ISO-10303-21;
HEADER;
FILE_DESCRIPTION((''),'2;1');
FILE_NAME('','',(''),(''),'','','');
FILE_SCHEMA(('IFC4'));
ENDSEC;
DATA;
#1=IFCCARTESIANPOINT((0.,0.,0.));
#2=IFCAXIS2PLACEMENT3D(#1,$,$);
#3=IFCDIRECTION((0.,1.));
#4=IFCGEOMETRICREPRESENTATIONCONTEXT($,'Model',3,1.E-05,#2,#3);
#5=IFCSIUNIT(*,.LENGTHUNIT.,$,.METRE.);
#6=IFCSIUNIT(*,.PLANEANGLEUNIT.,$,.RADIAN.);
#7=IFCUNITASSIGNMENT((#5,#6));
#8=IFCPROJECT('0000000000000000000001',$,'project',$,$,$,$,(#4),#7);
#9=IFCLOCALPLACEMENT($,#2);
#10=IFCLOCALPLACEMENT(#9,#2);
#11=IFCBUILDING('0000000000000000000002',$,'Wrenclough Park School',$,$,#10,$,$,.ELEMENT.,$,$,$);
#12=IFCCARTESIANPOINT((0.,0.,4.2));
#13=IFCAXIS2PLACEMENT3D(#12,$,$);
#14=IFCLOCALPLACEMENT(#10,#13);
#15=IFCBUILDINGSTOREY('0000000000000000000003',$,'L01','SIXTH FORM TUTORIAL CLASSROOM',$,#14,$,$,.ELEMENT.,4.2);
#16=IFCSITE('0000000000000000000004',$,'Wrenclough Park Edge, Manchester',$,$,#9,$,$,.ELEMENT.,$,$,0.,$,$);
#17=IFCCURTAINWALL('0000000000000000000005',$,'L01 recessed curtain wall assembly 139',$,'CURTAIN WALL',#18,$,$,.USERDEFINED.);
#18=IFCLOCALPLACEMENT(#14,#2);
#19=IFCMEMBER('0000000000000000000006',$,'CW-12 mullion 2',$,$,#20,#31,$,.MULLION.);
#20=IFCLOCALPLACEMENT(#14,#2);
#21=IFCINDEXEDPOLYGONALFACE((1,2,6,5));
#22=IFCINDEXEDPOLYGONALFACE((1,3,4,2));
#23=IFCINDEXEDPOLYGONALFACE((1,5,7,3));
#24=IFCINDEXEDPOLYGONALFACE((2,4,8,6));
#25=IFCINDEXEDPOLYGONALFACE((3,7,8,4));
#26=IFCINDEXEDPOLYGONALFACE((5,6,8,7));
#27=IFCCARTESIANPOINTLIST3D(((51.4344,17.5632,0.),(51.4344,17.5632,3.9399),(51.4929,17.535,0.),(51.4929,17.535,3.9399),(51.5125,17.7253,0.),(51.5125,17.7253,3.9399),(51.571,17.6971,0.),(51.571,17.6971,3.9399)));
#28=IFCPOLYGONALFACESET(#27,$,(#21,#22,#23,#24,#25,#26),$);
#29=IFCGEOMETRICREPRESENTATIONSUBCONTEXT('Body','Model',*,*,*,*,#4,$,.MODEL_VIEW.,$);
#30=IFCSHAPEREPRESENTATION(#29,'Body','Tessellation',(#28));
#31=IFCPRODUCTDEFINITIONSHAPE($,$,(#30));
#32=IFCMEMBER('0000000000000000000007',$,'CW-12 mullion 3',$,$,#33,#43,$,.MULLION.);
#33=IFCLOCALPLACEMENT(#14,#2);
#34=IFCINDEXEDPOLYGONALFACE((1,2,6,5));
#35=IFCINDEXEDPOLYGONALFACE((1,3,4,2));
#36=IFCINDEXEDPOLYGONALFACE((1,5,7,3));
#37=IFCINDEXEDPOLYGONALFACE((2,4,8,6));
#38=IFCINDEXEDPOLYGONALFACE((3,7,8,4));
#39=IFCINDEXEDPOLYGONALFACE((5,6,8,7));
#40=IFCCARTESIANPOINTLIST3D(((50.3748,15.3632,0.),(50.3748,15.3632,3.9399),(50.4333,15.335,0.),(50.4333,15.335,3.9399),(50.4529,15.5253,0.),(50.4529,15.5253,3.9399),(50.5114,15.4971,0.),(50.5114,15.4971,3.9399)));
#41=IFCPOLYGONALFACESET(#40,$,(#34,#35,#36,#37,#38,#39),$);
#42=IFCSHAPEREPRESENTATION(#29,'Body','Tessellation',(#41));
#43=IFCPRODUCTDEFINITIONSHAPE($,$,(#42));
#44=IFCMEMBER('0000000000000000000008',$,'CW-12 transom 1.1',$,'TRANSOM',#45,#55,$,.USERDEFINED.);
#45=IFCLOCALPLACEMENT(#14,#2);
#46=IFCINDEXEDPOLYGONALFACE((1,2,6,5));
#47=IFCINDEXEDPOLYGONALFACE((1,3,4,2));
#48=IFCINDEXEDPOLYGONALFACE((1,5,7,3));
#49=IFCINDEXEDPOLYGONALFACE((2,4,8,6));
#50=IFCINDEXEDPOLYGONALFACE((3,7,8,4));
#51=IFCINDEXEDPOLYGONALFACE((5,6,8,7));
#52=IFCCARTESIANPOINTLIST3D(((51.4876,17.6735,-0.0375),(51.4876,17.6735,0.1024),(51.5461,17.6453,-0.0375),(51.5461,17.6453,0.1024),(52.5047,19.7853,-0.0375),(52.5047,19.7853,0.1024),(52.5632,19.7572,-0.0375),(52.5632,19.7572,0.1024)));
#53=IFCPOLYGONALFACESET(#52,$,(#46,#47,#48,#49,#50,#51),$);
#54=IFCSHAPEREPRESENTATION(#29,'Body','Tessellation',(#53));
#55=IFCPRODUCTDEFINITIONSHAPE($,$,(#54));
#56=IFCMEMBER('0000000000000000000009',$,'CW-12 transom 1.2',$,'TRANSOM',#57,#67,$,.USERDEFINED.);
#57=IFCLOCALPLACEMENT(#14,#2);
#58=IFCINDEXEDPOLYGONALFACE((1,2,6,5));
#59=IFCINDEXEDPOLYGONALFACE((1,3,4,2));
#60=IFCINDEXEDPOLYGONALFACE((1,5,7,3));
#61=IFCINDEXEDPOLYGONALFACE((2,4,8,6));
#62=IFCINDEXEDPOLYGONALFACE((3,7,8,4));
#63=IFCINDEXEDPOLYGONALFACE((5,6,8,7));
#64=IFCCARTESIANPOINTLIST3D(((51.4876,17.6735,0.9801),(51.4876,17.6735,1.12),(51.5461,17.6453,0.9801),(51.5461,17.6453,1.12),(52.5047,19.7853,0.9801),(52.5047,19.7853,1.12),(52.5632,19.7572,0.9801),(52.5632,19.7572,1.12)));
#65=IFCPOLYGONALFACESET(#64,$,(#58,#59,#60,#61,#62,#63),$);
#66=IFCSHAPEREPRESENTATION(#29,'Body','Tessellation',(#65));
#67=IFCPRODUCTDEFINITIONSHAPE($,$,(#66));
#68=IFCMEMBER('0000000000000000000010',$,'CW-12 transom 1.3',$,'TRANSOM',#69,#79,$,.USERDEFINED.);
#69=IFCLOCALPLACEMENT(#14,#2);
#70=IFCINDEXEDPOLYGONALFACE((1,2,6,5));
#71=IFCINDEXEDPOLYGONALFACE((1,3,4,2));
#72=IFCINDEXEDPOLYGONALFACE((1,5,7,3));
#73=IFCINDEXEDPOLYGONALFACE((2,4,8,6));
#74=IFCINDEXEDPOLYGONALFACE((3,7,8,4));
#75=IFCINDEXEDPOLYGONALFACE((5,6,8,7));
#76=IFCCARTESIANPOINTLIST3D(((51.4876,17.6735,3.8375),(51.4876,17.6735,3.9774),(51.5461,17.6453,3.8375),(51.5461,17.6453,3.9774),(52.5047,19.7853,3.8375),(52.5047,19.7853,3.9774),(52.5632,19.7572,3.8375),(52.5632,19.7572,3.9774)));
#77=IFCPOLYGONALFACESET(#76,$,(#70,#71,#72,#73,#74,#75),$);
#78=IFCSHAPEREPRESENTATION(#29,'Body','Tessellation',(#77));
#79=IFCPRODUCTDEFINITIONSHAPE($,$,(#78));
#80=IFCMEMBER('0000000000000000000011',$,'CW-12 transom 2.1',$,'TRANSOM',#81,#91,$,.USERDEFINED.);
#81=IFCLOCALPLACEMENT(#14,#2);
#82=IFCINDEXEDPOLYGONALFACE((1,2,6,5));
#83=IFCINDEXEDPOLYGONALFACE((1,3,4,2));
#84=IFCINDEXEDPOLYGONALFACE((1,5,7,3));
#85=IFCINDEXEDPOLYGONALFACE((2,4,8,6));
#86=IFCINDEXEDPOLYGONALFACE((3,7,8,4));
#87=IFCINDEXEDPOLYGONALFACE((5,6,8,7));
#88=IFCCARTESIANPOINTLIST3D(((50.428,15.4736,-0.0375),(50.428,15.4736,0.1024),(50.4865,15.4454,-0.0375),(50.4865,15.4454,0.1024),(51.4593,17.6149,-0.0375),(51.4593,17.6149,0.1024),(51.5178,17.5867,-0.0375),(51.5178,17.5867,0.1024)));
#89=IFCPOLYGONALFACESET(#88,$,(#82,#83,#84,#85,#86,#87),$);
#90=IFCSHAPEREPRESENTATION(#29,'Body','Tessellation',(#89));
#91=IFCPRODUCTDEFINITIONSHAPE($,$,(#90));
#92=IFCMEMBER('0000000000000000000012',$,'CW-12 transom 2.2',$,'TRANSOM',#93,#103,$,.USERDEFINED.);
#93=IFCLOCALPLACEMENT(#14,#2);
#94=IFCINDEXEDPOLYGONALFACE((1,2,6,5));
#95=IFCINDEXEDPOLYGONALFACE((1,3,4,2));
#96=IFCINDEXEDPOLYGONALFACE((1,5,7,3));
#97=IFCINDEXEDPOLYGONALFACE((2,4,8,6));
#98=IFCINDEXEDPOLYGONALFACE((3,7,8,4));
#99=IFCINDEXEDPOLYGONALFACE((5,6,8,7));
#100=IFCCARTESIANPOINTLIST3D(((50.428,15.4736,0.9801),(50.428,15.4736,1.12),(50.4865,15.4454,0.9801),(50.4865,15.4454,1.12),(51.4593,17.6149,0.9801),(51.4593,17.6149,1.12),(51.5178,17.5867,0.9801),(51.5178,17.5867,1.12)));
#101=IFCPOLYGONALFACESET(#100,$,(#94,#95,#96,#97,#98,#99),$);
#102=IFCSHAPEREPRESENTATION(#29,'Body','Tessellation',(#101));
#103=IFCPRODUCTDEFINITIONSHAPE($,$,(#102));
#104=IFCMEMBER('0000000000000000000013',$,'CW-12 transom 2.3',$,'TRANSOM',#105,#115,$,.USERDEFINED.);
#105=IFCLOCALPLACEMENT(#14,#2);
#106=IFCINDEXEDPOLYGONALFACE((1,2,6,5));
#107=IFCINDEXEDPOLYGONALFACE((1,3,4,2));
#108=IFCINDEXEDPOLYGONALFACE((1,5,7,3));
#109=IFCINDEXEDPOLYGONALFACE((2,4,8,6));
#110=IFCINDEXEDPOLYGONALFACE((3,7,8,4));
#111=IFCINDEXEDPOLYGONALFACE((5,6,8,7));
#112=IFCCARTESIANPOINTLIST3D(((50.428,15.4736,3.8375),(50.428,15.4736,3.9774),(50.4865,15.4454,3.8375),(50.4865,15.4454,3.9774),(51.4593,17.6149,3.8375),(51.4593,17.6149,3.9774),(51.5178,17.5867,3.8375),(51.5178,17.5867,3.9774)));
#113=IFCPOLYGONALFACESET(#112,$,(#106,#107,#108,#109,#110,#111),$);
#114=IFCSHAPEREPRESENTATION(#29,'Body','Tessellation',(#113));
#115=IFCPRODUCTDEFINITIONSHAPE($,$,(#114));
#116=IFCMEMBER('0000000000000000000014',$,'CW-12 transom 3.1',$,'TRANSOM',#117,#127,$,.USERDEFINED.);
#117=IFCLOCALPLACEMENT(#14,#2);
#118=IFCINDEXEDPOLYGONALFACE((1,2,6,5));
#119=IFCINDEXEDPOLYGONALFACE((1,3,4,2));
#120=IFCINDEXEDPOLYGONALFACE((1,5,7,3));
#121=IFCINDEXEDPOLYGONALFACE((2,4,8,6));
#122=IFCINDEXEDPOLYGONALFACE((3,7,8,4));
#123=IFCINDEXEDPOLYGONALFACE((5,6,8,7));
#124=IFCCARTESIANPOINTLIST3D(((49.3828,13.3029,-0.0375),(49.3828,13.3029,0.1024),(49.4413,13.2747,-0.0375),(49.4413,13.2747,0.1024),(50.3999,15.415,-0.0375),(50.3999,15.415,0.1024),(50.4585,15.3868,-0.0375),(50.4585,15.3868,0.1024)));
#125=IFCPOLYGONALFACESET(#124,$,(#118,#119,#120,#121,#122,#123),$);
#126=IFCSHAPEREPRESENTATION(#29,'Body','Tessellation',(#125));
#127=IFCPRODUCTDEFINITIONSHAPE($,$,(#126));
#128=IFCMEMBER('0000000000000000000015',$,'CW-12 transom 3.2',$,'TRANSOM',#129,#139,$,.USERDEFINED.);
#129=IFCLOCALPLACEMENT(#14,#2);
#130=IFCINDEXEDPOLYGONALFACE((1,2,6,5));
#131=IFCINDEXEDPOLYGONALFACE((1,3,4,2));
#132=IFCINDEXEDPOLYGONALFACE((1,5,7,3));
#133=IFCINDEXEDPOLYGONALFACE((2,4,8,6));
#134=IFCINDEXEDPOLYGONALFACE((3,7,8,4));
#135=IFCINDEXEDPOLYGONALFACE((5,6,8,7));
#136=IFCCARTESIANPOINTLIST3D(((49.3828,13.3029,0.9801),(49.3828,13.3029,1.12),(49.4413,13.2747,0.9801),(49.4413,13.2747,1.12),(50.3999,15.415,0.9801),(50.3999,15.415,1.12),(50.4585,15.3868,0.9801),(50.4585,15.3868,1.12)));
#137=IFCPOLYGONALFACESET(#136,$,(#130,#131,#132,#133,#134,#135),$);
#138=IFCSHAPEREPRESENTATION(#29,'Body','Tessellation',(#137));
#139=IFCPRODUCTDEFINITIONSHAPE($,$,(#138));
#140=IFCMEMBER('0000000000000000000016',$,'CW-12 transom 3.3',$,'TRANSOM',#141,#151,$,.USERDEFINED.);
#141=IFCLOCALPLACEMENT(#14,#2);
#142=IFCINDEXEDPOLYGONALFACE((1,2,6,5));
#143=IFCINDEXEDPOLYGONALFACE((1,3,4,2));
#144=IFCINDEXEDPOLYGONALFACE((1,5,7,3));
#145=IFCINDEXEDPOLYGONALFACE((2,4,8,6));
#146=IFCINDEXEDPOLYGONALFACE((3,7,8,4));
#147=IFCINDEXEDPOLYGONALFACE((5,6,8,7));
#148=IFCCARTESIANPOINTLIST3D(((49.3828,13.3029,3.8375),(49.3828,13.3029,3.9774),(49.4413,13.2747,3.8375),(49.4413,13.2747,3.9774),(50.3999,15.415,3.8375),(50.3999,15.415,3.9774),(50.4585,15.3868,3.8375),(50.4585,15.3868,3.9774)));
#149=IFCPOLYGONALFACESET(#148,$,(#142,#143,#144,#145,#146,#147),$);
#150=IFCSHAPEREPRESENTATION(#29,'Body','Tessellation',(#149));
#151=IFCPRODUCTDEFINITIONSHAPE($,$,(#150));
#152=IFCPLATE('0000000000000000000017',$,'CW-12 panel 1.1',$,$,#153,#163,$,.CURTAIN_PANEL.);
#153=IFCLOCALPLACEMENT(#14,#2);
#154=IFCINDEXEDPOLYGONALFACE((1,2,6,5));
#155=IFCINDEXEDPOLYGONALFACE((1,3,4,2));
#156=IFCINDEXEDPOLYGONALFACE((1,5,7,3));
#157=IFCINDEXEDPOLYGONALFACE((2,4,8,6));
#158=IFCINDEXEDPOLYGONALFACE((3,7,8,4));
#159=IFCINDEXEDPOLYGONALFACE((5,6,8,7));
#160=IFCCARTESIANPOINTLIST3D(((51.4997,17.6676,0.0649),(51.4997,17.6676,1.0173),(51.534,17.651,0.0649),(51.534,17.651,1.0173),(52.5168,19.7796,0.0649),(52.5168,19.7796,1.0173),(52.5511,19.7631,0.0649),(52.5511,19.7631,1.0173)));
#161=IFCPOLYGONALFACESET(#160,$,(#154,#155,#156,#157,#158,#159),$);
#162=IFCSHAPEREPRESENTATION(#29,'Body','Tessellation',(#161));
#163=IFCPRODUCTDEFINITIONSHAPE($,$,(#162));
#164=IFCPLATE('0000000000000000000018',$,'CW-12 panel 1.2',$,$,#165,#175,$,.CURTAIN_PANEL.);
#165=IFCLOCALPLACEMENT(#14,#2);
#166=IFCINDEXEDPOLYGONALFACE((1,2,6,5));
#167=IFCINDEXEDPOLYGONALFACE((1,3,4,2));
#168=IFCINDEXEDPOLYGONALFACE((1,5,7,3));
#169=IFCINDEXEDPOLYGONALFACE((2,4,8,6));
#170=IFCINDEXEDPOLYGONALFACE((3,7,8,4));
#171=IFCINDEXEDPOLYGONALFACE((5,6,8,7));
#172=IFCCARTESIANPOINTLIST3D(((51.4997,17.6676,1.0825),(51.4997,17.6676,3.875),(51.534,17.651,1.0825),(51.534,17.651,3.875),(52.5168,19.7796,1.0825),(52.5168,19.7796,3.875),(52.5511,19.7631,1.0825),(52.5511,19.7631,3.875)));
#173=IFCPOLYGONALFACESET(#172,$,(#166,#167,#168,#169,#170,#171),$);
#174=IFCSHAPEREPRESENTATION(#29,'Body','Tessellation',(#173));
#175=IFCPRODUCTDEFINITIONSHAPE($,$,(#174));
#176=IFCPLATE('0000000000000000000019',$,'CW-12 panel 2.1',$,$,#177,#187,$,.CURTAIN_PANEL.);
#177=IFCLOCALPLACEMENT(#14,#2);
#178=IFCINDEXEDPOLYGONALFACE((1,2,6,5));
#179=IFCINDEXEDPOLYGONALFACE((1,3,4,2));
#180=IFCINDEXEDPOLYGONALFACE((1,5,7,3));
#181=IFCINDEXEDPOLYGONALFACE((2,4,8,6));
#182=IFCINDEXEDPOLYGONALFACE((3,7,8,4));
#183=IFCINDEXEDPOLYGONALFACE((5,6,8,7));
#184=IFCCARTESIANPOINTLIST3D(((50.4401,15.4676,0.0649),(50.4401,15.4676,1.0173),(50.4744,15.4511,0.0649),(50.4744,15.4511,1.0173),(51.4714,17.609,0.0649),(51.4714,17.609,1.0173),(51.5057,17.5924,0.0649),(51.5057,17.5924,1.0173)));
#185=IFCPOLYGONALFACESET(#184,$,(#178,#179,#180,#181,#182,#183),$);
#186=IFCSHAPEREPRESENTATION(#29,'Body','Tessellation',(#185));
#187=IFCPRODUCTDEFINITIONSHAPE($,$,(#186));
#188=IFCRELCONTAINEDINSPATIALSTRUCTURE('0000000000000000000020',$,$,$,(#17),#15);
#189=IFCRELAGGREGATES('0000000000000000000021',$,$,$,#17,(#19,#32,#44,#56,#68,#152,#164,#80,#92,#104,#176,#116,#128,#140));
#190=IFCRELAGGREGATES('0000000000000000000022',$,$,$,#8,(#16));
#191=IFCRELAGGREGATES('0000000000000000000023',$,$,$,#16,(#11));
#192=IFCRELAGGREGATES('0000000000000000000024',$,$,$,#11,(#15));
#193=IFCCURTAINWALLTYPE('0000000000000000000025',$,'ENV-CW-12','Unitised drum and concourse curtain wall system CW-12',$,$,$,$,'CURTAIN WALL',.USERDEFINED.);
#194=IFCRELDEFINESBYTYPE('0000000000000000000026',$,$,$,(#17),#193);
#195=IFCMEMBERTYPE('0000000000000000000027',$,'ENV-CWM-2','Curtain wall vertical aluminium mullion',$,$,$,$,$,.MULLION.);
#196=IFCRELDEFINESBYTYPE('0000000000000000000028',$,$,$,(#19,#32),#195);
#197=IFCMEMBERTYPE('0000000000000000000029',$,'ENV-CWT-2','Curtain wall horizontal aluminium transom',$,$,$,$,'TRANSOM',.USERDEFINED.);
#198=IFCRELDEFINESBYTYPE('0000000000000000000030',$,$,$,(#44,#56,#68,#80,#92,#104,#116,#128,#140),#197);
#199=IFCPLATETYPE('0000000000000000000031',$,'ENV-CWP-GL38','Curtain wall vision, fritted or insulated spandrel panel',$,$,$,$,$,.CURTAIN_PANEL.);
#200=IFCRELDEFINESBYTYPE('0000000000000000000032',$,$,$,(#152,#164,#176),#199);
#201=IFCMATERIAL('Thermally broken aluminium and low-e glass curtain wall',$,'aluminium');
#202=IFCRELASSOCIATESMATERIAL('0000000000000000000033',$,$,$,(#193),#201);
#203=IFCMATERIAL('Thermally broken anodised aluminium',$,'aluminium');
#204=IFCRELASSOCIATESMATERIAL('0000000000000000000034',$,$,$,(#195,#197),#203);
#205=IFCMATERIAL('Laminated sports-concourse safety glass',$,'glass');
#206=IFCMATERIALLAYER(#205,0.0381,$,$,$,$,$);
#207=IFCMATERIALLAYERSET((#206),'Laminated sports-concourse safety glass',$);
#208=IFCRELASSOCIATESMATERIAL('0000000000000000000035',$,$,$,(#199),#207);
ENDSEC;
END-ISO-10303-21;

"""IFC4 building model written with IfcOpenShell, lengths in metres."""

from ifc_helpers import new_model, si_unit, direction, frame, origin, origin_2d, place, context, subcontext, project, spatial, rectangle, extrude, material, layer, layer_set, material_profile, profile_set, type_object, element, aggregate, save


model = new_model("IFC4")

# Units and contexts
model_context = context("Model", 3, precision=1e-05, world=origin(), true_north=direction((0.0, 1.0)))
body_context = subcontext(model_context, "Body", "Model", "MODEL_VIEW")
ifc_project = project(units=[si_unit("LENGTHUNIT", "METRE"), si_unit("PLANEANGLEUNIT", "RADIAN")], contexts=[model_context])

# Site, building, storey
site_placement = place(None, origin())
site = spatial("IfcSite", under=ifc_project, at=site_placement, Name="Wrenclough Park Edge, Manchester", CompositionType="ELEMENT", RefElevation=0.0)
building_placement = place(site_placement, origin())
building = spatial("IfcBuilding", under=site, at=building_placement, Name="Wrenclough Park School", CompositionType="ELEMENT")
storey_placement = place(building_placement, frame((0.0, 0.0, 4.2)))
storey = spatial("IfcBuildingStorey", under=building, at=storey_placement, Name="L01", Description="SIXTH FORM TUTORIAL CLASSROOM", CompositionType="ELEMENT", Elevation=4.2)

# Curtain wall, members, plates
ifc_material_1 = material(Name="Thermally broken aluminium and low-e glass curtain wall", Category="aluminium")
curtain_wall_type = type_object("IfcCurtainWallType", Name="ENV-CW-12", Description="Unitised drum and concourse curtain wall system CW-12", ElementType="CURTAIN WALL", PredefinedType="USERDEFINED", material=ifc_material_1)
curtain_wall_placement = place(storey_placement, origin())
curtain_wall = element("IfcCurtainWall", 1, at=curtain_wall_placement, inside=storey, type_object=curtain_wall_type, Name="L01 recessed curtain wall assembly 139", ObjectType="CURTAIN WALL", PredefinedType="USERDEFINED")
ifc_material_2 = material(Name="Thermally broken anodised aluminium", Category="aluminium")
ifc_material_profile_1 = material_profile(ifc_material_2, rectangle(XDim=0.0649, YDim=0.1799, at=origin_2d()), Name="AL MULLION 65x180")
ifc_profile_set_1 = profile_set([ifc_material_profile_1], Name="Thermally broken anodised aluminium")
member_type_1 = type_object("IfcMemberType", Name="ENV-CWM-2", Description="Curtain wall vertical aluminium mullion", PredefinedType="MULLION", material=ifc_profile_set_1)
member_1_placement = place(storey_placement, frame((51.5027, 17.6301, 0.0), z_axis=(0.0, 0.0, 1.0), x_axis=(0.900964, -0.433895, 0.0)))
member_1 = element("IfcMember", 2, at=member_1_placement, type_object=member_type_1, Name="CW-12 mullion 2", PredefinedType="MULLION", context=body_context, shape_type="SweptSolid", body=[
    extrude(rectangle(XDim=0.0649, YDim=0.1799, at=origin_2d()), origin(), (0.0, 0.0, 1.0), 3.9399),
])
member_2_placement = place(storey_placement, frame((50.4431, 15.4302, 0.0), z_axis=(0.0, 0.0, 1.0), x_axis=(0.900964, -0.433895, 0.0)))
member_2 = element("IfcMember", 3, at=member_2_placement, type_object=member_type_1, Name="CW-12 mullion 3", PredefinedType="MULLION", context=body_context, shape_type="SweptSolid", body=[
    extrude(rectangle(XDim=0.0649, YDim=0.1799, at=origin_2d()), origin(), (0.0, 0.0, 1.0), 3.9399),
])
ifc_material_profile_2 = material_profile(ifc_material_2, rectangle(XDim=0.0649, YDim=0.1399, at=origin_2d()), Name="AL TRANSOM 65x140")
ifc_profile_set_2 = profile_set([ifc_material_profile_2], Name="Thermally broken anodised aluminium")
member_type_2 = type_object("IfcMemberType", Name="ENV-CWT-2", Description="Curtain wall horizontal aluminium transom", ElementType="TRANSOM", PredefinedType="USERDEFINED", material=ifc_profile_set_2)
member_3_placement = place(storey_placement, frame((52.5339, 19.7712, 0.0325), z_axis=(-0.433916, -0.900953, 0.0), x_axis=(0.900953, -0.433916, 0.0)))
member_3 = element("IfcMember", 4, at=member_3_placement, type_object=member_type_2, Name="CW-12 transom 1.1", ObjectType="TRANSOM", PredefinedType="USERDEFINED", context=body_context, shape_type="SweptSolid", body=[
    extrude(rectangle(XDim=0.0649, YDim=0.1399, at=origin_2d()), origin(), (0.0, 0.0, 1.0), 2.344),
])
member_4_placement = place(storey_placement, frame((52.5339, 19.7712, 1.05), z_axis=(-0.433916, -0.900953, 0.0), x_axis=(0.900953, -0.433916, 0.0)))
member_4 = element("IfcMember", 5, at=member_4_placement, type_object=member_type_2, Name="CW-12 transom 1.2", ObjectType="TRANSOM", PredefinedType="USERDEFINED", context=body_context, shape_type="SweptSolid", body=[
    extrude(rectangle(XDim=0.0649, YDim=0.1399, at=origin_2d()), origin(), (0.0, 0.0, 1.0), 2.344),
])
member_5_placement = place(storey_placement, frame((52.5339, 19.7712, 3.9075), z_axis=(-0.433916, -0.900953, 0.0), x_axis=(0.900953, -0.433916, 0.0)))
member_5 = element("IfcMember", 6, at=member_5_placement, type_object=member_type_2, Name="CW-12 transom 1.3", ObjectType="TRANSOM", PredefinedType="USERDEFINED", context=body_context, shape_type="SweptSolid", body=[
    extrude(rectangle(XDim=0.0649, YDim=0.1399, at=origin_2d()), origin(), (0.0, 0.0, 1.0), 2.344),
])
member_6_placement = place(storey_placement, frame((51.4885, 17.6008, 0.0325), z_axis=(-0.433893, -0.900964, 0.0), x_axis=(0.900964, -0.433893, 0.0)))
member_6 = element("IfcMember", 7, at=member_6_placement, type_object=member_type_2, Name="CW-12 transom 2.1", ObjectType="TRANSOM", PredefinedType="USERDEFINED", context=body_context, shape_type="SweptSolid", body=[
    extrude(rectangle(XDim=0.0649, YDim=0.1399, at=origin_2d()), origin(), (0.0, 0.0, 1.0), 2.3767),
])
member_7_placement = place(storey_placement, frame((51.4885, 17.6008, 1.05), z_axis=(-0.433893, -0.900964, 0.0), x_axis=(0.900964, -0.433893, 0.0)))
member_7 = element("IfcMember", 8, at=member_7_placement, type_object=member_type_2, Name="CW-12 transom 2.2", ObjectType="TRANSOM", PredefinedType="USERDEFINED", context=body_context, shape_type="SweptSolid", body=[
    extrude(rectangle(XDim=0.0649, YDim=0.1399, at=origin_2d()), origin(), (0.0, 0.0, 1.0), 2.3767),
])
member_8_placement = place(storey_placement, frame((51.4885, 17.6008, 3.9075), z_axis=(-0.433893, -0.900964, 0.0), x_axis=(0.900964, -0.433893, 0.0)))
member_8 = element("IfcMember", 9, at=member_8_placement, type_object=member_type_2, Name="CW-12 transom 2.3", ObjectType="TRANSOM", PredefinedType="USERDEFINED", context=body_context, shape_type="SweptSolid", body=[
    extrude(rectangle(XDim=0.0649, YDim=0.1399, at=origin_2d()), origin(), (0.0, 0.0, 1.0), 2.3767),
])
member_9_placement = place(storey_placement, frame((50.4292, 15.4009, 0.0325), z_axis=(-0.433875, -0.900973, 0.0), x_axis=(0.900973, -0.433875, 0.0)))
member_9 = element("IfcMember", 10, at=member_9_placement, type_object=member_type_2, Name="CW-12 transom 3.1", ObjectType="TRANSOM", PredefinedType="USERDEFINED", context=body_context, shape_type="SweptSolid", body=[
    extrude(rectangle(XDim=0.0649, YDim=0.1399, at=origin_2d()), origin(), (0.0, 0.0, 1.0), 2.3442),
])
member_10_placement = place(storey_placement, frame((50.4292, 15.4009, 1.05), z_axis=(-0.433875, -0.900973, 0.0), x_axis=(0.900973, -0.433875, 0.0)))
member_10 = element("IfcMember", 11, at=member_10_placement, type_object=member_type_2, Name="CW-12 transom 3.2", ObjectType="TRANSOM", PredefinedType="USERDEFINED", context=body_context, shape_type="SweptSolid", body=[
    extrude(rectangle(XDim=0.0649, YDim=0.1399, at=origin_2d()), origin(), (0.0, 0.0, 1.0), 2.3442),
])
member_11_placement = place(storey_placement, frame((50.4292, 15.4009, 3.9075), z_axis=(-0.433875, -0.900973, 0.0), x_axis=(0.900973, -0.433875, 0.0)))
member_11 = element("IfcMember", 12, at=member_11_placement, type_object=member_type_2, Name="CW-12 transom 3.3", ObjectType="TRANSOM", PredefinedType="USERDEFINED", context=body_context, shape_type="SweptSolid", body=[
    extrude(rectangle(XDim=0.0649, YDim=0.1399, at=origin_2d()), origin(), (0.0, 0.0, 1.0), 2.3442),
])
ifc_material_3 = material(Name="Laminated sports-concourse safety glass", Category="glass")
ifc_layer_1 = layer(ifc_material_3, 0.0381)
ifc_layer_set_1 = layer_set([ifc_layer_1], Name="Laminated sports-concourse safety glass")
plate_type_1 = type_object("IfcPlateType", Name="ENV-CWP-GL38", Description="Curtain wall vision, fritted or insulated spandrel panel", PredefinedType="CURTAIN_PANEL", material=ifc_layer_set_1)
plate_1_placement = place(storey_placement, frame((52.0254, 18.7153, 0.0649), z_axis=(0.0, 0.0, 1.0), x_axis=(-0.433895, -0.900964, 0.0)))
plate_1 = element("IfcPlate", 13, at=plate_1_placement, type_object=plate_type_1, Name="CW-12 panel 1.1", PredefinedType="CURTAIN_PANEL", context=body_context, shape_type="SweptSolid", body=[
    extrude(rectangle(XDim=2.3442, YDim=0.0381, at=origin_2d()), origin(), (0.0, 0.0, 1.0), 0.9524),
])
plate_2_placement = place(storey_placement, frame((52.0254, 18.7153, 1.0825), z_axis=(0.0, 0.0, 1.0), x_axis=(-0.433895, -0.900964, 0.0)))
plate_2 = element("IfcPlate", 14, at=plate_2_placement, type_object=plate_type_1, Name="CW-12 panel 1.2", PredefinedType="CURTAIN_PANEL", context=body_context, shape_type="SweptSolid", body=[
    extrude(rectangle(XDim=2.3442, YDim=0.0381, at=origin_2d()), origin(), (0.0, 0.0, 1.0), 2.7925),
])
plate_3_placement = place(storey_placement, frame((50.9729, 16.53, 0.0649), z_axis=(0.0, 0.0, 1.0), x_axis=(-0.433895, -0.900964, 0.0)))
plate_3 = element("IfcPlate", 15, at=plate_3_placement, type_object=plate_type_1, Name="CW-12 panel 2.1", PredefinedType="CURTAIN_PANEL", context=body_context, shape_type="SweptSolid", body=[
    extrude(rectangle(XDim=2.3767, YDim=0.0381, at=origin_2d()), origin(), (0.0, 0.0, 1.0), 0.9524),
])
aggregate(curtain_wall, [member_1, member_2, member_3, member_4, member_5, plate_1, plate_2, member_6, member_7, member_8, plate_3, member_9, member_10, member_11])

save(model, "model.ifc")
